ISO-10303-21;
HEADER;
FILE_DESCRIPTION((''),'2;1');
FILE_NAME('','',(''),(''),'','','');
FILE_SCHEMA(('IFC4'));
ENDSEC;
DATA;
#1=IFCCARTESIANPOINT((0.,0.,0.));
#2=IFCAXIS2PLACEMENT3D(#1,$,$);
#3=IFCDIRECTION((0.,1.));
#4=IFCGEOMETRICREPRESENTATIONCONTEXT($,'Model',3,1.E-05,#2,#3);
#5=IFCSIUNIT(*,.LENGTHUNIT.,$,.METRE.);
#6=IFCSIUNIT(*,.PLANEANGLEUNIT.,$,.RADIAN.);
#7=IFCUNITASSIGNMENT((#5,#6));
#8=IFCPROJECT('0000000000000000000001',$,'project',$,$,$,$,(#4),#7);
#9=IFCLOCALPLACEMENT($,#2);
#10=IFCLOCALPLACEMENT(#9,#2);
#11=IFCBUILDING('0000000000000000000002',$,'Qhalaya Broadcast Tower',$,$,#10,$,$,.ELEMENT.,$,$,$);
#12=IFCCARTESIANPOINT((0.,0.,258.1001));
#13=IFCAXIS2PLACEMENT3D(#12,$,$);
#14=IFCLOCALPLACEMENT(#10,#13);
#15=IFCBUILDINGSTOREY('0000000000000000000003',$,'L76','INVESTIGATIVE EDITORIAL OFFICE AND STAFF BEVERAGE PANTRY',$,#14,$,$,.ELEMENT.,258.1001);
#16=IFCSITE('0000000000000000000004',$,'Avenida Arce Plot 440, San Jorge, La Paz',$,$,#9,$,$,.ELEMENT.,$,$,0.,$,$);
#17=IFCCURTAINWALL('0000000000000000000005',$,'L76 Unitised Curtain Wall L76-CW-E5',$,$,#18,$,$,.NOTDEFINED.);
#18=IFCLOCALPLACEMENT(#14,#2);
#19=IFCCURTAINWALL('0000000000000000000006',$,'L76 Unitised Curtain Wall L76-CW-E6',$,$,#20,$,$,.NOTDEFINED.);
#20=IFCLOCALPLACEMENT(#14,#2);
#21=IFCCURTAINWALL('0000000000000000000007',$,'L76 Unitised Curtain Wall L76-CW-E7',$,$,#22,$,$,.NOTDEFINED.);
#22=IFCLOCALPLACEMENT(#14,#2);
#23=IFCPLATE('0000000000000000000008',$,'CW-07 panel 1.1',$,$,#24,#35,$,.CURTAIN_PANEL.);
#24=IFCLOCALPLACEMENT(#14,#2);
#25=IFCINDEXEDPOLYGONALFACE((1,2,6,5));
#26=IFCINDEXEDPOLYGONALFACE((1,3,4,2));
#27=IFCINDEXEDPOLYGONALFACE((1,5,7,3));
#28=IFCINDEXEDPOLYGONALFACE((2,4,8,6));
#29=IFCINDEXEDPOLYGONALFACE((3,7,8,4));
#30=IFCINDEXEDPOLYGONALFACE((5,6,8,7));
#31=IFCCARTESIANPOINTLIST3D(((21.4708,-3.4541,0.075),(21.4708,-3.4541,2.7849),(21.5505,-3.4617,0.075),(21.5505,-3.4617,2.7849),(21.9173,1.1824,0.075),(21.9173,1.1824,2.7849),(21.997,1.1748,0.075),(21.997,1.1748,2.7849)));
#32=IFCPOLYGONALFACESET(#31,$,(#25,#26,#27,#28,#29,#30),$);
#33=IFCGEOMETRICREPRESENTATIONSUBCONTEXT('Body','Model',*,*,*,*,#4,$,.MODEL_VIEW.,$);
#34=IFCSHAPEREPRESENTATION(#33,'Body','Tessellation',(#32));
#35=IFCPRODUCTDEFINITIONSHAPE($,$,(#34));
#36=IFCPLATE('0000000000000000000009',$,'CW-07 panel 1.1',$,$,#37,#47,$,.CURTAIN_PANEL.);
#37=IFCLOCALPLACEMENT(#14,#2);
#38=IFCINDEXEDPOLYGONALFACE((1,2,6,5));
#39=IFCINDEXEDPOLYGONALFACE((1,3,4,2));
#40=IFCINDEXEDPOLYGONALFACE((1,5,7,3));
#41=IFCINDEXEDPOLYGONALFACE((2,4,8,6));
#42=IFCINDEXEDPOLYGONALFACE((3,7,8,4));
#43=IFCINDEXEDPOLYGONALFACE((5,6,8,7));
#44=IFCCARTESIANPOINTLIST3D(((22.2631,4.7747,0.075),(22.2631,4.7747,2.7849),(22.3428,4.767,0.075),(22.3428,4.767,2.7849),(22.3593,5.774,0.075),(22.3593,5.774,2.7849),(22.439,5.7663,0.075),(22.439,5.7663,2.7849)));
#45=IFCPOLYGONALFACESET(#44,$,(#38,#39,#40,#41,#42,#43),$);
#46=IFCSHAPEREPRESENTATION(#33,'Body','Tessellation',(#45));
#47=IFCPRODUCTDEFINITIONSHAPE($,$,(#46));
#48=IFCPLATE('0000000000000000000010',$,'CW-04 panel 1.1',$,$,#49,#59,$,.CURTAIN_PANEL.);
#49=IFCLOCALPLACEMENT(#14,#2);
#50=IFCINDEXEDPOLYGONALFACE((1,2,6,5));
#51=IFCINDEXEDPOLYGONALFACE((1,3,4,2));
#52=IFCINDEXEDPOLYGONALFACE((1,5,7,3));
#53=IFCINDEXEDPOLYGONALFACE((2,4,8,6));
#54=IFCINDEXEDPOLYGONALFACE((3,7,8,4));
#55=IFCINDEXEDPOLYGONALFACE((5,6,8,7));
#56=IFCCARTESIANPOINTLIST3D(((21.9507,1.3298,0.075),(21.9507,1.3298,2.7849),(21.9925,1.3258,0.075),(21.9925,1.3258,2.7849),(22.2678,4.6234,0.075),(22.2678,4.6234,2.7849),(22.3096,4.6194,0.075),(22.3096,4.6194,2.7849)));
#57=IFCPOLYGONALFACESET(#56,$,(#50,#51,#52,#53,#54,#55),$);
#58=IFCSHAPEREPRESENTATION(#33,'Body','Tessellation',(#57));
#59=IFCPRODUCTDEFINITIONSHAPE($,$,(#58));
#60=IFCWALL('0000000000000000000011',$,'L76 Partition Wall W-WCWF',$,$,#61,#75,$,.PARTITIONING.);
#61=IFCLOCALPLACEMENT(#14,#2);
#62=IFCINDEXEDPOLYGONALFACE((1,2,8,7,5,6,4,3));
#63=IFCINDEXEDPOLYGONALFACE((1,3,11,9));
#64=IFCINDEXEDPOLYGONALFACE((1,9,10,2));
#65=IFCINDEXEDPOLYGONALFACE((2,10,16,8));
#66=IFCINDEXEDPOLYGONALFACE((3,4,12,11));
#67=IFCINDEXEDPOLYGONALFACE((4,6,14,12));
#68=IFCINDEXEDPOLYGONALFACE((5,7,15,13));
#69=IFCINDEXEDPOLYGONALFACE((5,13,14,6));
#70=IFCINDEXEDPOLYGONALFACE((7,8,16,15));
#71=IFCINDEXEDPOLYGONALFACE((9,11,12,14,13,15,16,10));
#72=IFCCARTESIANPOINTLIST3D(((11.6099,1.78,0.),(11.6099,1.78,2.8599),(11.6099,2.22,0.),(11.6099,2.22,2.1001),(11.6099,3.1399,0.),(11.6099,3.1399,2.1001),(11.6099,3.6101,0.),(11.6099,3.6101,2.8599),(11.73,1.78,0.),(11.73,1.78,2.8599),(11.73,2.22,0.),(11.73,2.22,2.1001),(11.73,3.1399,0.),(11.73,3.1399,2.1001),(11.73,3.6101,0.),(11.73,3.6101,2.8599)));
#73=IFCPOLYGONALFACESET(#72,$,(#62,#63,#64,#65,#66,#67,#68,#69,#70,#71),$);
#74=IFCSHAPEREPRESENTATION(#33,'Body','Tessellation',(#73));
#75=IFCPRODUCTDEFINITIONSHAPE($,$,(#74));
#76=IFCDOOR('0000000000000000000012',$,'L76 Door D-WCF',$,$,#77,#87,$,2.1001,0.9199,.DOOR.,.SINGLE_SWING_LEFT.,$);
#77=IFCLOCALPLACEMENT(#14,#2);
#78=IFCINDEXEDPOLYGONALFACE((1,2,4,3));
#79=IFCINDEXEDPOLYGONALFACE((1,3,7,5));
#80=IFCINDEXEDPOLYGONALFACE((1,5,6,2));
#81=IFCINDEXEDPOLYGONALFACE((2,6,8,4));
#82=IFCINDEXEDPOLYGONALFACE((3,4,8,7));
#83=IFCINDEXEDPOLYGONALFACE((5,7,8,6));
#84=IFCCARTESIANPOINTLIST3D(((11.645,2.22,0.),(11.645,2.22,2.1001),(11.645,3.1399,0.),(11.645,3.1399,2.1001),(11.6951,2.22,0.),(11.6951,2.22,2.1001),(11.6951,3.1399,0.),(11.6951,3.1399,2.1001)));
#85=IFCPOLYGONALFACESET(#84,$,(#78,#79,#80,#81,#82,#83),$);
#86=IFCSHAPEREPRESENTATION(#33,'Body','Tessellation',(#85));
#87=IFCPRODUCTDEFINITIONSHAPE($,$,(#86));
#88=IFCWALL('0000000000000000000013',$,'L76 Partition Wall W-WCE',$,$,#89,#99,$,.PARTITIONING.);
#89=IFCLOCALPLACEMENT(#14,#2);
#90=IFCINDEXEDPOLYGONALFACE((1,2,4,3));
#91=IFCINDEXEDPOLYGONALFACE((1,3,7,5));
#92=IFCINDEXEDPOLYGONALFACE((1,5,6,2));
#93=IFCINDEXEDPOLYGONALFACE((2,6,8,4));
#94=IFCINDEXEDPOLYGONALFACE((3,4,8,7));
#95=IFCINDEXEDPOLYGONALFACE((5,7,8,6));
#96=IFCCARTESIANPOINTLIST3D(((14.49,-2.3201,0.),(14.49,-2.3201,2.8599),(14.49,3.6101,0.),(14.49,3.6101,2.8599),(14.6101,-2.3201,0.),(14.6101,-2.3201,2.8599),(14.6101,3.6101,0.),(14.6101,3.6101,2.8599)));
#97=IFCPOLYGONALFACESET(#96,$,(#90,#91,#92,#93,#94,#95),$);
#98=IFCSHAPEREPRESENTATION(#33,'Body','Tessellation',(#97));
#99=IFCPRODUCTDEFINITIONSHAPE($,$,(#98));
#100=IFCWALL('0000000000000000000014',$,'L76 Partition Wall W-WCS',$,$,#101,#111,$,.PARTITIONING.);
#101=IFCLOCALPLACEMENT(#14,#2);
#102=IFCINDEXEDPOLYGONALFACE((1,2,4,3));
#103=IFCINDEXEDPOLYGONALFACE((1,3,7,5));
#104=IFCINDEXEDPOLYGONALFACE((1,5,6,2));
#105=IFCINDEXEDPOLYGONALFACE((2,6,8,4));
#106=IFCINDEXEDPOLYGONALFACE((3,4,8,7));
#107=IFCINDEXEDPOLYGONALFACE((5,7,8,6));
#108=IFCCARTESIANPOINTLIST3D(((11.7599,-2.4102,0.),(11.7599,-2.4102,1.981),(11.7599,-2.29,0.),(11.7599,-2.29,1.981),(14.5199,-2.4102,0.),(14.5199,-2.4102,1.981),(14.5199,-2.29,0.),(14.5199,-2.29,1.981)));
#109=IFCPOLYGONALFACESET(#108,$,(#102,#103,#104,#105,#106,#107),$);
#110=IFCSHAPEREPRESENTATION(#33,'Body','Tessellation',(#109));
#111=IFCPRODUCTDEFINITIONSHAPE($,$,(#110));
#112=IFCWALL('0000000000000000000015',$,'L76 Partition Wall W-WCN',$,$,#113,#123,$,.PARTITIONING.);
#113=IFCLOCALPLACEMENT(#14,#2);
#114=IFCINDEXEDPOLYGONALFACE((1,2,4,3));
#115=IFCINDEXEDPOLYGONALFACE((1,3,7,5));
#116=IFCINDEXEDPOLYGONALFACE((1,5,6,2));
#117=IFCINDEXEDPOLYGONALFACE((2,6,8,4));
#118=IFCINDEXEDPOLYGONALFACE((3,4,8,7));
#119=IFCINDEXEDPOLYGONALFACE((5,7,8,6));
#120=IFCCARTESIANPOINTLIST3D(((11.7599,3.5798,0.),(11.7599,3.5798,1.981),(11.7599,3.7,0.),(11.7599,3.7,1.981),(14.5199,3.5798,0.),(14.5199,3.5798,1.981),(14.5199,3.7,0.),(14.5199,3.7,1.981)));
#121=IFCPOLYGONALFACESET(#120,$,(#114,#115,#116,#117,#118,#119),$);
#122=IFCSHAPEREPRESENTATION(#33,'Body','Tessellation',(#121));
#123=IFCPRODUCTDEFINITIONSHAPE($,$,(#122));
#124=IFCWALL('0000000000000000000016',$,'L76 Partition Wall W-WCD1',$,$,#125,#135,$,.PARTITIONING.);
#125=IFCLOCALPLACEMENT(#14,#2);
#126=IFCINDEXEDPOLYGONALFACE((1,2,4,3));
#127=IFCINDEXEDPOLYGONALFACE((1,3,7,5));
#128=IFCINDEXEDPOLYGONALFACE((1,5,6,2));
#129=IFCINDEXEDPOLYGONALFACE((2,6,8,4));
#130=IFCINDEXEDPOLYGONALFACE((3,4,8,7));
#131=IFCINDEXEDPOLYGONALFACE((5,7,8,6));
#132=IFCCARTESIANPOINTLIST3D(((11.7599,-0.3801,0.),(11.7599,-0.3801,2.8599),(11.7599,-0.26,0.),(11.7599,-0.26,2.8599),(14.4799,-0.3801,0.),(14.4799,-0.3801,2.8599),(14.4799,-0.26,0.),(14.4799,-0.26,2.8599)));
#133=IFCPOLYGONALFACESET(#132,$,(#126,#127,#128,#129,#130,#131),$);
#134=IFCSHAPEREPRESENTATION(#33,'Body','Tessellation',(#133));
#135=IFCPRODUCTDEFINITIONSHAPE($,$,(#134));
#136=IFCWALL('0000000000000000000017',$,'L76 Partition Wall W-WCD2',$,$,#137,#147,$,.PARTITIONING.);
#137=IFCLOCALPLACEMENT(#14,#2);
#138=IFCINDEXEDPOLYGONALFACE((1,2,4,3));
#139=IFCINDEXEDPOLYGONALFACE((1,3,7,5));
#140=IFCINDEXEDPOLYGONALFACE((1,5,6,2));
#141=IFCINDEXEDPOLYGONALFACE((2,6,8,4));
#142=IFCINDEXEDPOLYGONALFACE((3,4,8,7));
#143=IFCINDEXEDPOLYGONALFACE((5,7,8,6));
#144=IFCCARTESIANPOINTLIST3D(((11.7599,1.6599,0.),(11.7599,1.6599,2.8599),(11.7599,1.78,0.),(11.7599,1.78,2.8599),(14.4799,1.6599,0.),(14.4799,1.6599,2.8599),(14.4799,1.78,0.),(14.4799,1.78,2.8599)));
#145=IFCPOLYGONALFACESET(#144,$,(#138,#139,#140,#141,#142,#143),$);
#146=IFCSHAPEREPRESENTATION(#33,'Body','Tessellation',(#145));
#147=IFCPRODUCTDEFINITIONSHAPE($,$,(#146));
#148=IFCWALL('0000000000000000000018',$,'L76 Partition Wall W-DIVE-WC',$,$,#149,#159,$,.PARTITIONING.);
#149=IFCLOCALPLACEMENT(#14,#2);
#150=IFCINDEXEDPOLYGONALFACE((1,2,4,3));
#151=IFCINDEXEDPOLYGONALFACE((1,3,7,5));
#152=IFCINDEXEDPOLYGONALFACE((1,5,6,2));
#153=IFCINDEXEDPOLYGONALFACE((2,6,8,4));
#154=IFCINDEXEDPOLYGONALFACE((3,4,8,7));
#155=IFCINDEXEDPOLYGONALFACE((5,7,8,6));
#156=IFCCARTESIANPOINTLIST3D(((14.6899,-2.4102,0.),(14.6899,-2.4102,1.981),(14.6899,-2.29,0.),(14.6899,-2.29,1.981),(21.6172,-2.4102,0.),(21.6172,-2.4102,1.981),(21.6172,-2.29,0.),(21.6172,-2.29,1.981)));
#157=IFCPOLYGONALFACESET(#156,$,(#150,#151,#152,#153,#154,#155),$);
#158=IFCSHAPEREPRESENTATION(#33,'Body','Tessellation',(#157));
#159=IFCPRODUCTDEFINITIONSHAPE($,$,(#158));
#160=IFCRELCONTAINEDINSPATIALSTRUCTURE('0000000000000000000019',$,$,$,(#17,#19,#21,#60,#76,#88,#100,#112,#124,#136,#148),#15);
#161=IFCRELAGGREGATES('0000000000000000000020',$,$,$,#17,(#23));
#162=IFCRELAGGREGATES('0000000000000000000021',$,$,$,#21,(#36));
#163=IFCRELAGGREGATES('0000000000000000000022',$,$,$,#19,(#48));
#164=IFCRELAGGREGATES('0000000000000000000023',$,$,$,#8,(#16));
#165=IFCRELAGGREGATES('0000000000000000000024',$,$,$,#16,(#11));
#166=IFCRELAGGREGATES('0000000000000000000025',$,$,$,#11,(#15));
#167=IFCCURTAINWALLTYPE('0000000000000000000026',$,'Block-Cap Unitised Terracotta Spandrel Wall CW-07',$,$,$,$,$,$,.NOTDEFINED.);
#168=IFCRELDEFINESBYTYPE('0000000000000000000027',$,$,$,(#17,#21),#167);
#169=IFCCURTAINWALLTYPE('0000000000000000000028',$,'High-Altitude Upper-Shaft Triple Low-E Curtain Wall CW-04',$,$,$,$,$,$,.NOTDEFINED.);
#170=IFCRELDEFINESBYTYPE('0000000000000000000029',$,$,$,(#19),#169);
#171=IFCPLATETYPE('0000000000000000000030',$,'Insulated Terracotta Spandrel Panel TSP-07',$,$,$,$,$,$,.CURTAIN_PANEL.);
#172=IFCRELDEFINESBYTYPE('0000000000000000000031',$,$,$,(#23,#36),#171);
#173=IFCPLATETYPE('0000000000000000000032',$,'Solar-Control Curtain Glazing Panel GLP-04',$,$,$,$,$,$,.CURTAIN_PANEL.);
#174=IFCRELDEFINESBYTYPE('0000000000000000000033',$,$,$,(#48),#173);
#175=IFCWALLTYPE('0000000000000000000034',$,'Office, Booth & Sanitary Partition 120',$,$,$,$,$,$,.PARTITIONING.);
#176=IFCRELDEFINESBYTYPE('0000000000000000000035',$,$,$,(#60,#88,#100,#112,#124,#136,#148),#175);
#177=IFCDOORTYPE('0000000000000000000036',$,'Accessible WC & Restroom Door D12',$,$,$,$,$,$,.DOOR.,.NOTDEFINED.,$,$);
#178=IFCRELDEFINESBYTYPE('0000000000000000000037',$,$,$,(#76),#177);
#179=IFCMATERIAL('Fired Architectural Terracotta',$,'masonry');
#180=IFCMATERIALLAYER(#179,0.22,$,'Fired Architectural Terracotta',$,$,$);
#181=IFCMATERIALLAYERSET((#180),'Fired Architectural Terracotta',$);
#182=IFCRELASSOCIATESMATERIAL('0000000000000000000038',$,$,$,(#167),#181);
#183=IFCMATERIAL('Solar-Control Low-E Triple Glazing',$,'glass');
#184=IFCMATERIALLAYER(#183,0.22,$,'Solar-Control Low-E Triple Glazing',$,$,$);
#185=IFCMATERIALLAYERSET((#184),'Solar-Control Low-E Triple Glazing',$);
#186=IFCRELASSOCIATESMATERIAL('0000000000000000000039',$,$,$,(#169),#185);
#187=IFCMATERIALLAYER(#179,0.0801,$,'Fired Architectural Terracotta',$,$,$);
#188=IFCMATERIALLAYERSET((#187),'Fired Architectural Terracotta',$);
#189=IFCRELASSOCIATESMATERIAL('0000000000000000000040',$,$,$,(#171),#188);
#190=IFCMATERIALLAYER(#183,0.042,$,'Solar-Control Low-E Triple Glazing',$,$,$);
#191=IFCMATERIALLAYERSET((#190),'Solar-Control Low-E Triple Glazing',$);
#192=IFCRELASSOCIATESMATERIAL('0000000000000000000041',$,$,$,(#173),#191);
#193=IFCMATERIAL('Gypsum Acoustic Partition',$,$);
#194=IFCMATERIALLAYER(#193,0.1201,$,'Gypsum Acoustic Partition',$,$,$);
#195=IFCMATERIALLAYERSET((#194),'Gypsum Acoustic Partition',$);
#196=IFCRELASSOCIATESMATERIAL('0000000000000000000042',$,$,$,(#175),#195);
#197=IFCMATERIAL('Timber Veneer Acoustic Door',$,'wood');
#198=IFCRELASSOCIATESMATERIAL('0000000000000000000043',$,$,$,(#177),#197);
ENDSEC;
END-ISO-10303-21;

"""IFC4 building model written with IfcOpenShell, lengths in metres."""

from ifc_helpers import new_model, si_unit, direction, frame, frame_2d, origin, origin_2d, place, context, subcontext, project, spatial, rectangle, extrude, material, layer, layer_set, type_object, element, fill, aggregate, save


model = new_model("IFC4")

# Units and contexts
model_context = context("Model", 3, precision=1e-05, world=origin(), true_north=direction((0.0, 1.0)))
body_context = subcontext(model_context, "Body", "Model", "MODEL_VIEW")
ifc_project = project(units=[si_unit("LENGTHUNIT", "METRE"), si_unit("PLANEANGLEUNIT", "RADIAN")], contexts=[model_context])

# Site, building, storey
site_placement = place(None, origin())
site = spatial("IfcSite", under=ifc_project, at=site_placement, Name="Avenida Arce Plot 440, San Jorge, La Paz", CompositionType="ELEMENT", RefElevation=0.0)
building_placement = place(site_placement, origin())
building = spatial("IfcBuilding", under=site, at=building_placement, Name="Qhalaya Broadcast Tower", CompositionType="ELEMENT")
storey_placement = place(building_placement, frame((0.0, 0.0, 258.1001)))
storey = spatial("IfcBuildingStorey", under=building, at=storey_placement, Name="L76", Description="INVESTIGATIVE EDITORIAL OFFICE AND STAFF BEVERAGE PANTRY", CompositionType="ELEMENT", Elevation=258.1001)

# Curtain wall
ifc_material_1 = material(Name="Fired Architectural Terracotta", Category="masonry")
ifc_layer_1 = layer(ifc_material_1, 0.22, Name="Fired Architectural Terracotta")
ifc_layer_set_1 = layer_set([ifc_layer_1], Name="Fired Architectural Terracotta")
curtain_wall_type_1 = type_object("IfcCurtainWallType", Name="Block-Cap Unitised Terracotta Spandrel Wall CW-07", PredefinedType="NOTDEFINED", material=ifc_layer_set_1)
curtain_wall_1_placement = place(storey_placement, origin())
curtain_wall_1 = element("IfcCurtainWall", 1, at=curtain_wall_1_placement, inside=storey, type_object=curtain_wall_type_1, Name="L76 Unitised Curtain Wall L76-CW-E5", PredefinedType="NOTDEFINED")

# Curtain wall
ifc_material_2 = material(Name="Solar-Control Low-E Triple Glazing", Category="glass")
ifc_layer_2 = layer(ifc_material_2, 0.22, Name="Solar-Control Low-E Triple Glazing")
ifc_layer_set_2 = layer_set([ifc_layer_2], Name="Solar-Control Low-E Triple Glazing")
curtain_wall_type_2 = type_object("IfcCurtainWallType", Name="High-Altitude Upper-Shaft Triple Low-E Curtain Wall CW-04", PredefinedType="NOTDEFINED", material=ifc_layer_set_2)
curtain_wall_2_placement = place(storey_placement, origin())
curtain_wall_2 = element("IfcCurtainWall", 2, at=curtain_wall_2_placement, inside=storey, type_object=curtain_wall_type_2, Name="L76 Unitised Curtain Wall L76-CW-E6", PredefinedType="NOTDEFINED")

# Curtain wall
curtain_wall_3_placement = place(storey_placement, origin())
curtain_wall_3 = element("IfcCurtainWall", 3, at=curtain_wall_3_placement, inside=storey, type_object=curtain_wall_type_1, Name="L76 Unitised Curtain Wall L76-CW-E7", PredefinedType="NOTDEFINED")

# Plates
ifc_layer_3 = layer(ifc_material_1, 0.0801, Name="Fired Architectural Terracotta")
ifc_layer_set_3 = layer_set([ifc_layer_3], Name="Fired Architectural Terracotta")
plate_type_1 = type_object("IfcPlateType", Name="Insulated Terracotta Spandrel Panel TSP-07", PredefinedType="CURTAIN_PANEL", material=ifc_layer_set_3)
plate_1_placement = place(storey_placement, frame((21.7339, -1.1396, 0.075), z_axis=(0.0, 0.0, 1.0), x_axis=(0.09586, 0.995395, 0.0)))
plate_1 = element("IfcPlate", 4, at=plate_1_placement, type_object=plate_type_1, Name="CW-07 panel 1.1", PredefinedType="CURTAIN_PANEL", context=body_context, shape_type="SweptSolid", body=[
    extrude(rectangle(XDim=4.658, YDim=0.0801, at=origin_2d()), origin(), (0.0, 0.0, 1.0), 2.71),
])
aggregate(curtain_wall_1, [plate_1])
plate_2_placement = place(storey_placement, frame((22.3511, 5.2705, 0.075), z_axis=(0.0, 0.0, 1.0), x_axis=(0.09584, 0.995397, 0.0)))
plate_2 = element("IfcPlate", 5, at=plate_2_placement, type_object=plate_type_1, Name="CW-07 panel 1.1", PredefinedType="CURTAIN_PANEL", context=body_context, shape_type="SweptSolid", body=[
    extrude(rectangle(XDim=1.0039, YDim=0.0801, at=origin_2d()), origin(), (0.0, 0.0, 1.0), 2.71),
])
aggregate(curtain_wall_3, [plate_2])
ifc_layer_4 = layer(ifc_material_2, 0.042, Name="Solar-Control Low-E Triple Glazing")
ifc_layer_set_4 = layer_set([ifc_layer_4], Name="Solar-Control Low-E Triple Glazing")
plate_type_2 = type_object("IfcPlateType", Name="Solar-Control Curtain Glazing Panel GLP-04", PredefinedType="CURTAIN_PANEL", material=ifc_layer_set_4)
plate_3_placement = place(storey_placement, frame((22.1301, 2.9746, 0.075), z_axis=(0.0, 0.0, 1.0), x_axis=(0.095839, 0.995397, 0.0)))
plate_3 = element("IfcPlate", 6, at=plate_3_placement, type_object=plate_type_2, Name="CW-04 panel 1.1", PredefinedType="CURTAIN_PANEL", context=body_context, shape_type="SweptSolid", body=[
    extrude(rectangle(XDim=3.3088, YDim=0.042, at=origin_2d()), origin(), (0.0, 0.0, 1.0), 2.71),
])
aggregate(curtain_wall_2, [plate_3])

# Wall, opening, door
ifc_material_3 = material(Name="Gypsum Acoustic Partition")
ifc_layer_5 = layer(ifc_material_3, 0.1201, Name="Gypsum Acoustic Partition")
ifc_layer_set_5 = layer_set([ifc_layer_5], Name="Gypsum Acoustic Partition")
wall_type = type_object("IfcWallType", Name="Office, Booth & Sanitary Partition 120", PredefinedType="PARTITIONING", material=ifc_layer_set_5)
wall_1_placement = place(storey_placement, frame((11.6699, 1.78, 0.0), z_axis=(0.0, 0.0, 1.0), x_axis=(0.0, 1.0, 0.0)))
wall_1 = element("IfcWall", 7, at=wall_1_placement, inside=storey, type_object=wall_type, Name="L76 Partition Wall W-WCWF", PredefinedType="PARTITIONING", context=body_context, shape_type="SweptSolid", body=[
    extrude(rectangle(XDim=1.8301, YDim=0.1201, at=frame_2d((0.915, 0.0))), origin(), (0.0, 0.0, 1.0), 2.8599),
])
opening_placement = place(wall_1_placement, frame((0.4399, 0.0, 0.0)))
opening = element("IfcOpeningElement", 8, at=opening_placement, cuts=wall_1, PredefinedType="OPENING", context=body_context, shape_type="SweptSolid", body=[
    extrude(rectangle(XDim=0.9199, YDim=2.1001, at=frame_2d((0.46, 1.05))), frame((0.0, 0.072, 0.0), z_axis=(0.0, -1.0, 0.0), x_axis=(1.0, 0.0, 0.0)), (0.0, 0.0, 1.0), 0.144),
])
ifc_material_4 = material(Name="Timber Veneer Acoustic Door", Category="wood")
door_type = type_object("IfcDoorType", Name="Accessible WC & Restroom Door D12", OperationType="NOTDEFINED", PredefinedType="DOOR", material=ifc_material_4)
door_placement = place(opening_placement, origin())
door = element("IfcDoor", 9, at=door_placement, inside=storey, type_object=door_type, Name="L76 Door D-WCF", OperationType="SINGLE_SWING_LEFT", OverallHeight=2.1001, OverallWidth=0.9199, PredefinedType="DOOR", context=body_context, shape_type="SweptSolid", body=[
    extrude(rectangle(XDim=0.9199, YDim=2.1001, at=frame_2d((0.46, 1.05))), frame((0.0, 0.0249, 0.0), z_axis=(0.0, -1.0, 0.0), x_axis=(1.0, 0.0, 0.0)), (0.0, 0.0, 1.0), 0.05),
])
fill(opening, door)

# Walls
wall_2_placement = place(storey_placement, frame((14.55, -2.3201, 0.0), z_axis=(0.0, 0.0, 1.0), x_axis=(0.0, 1.0, 0.0)))
element("IfcWall", 10, at=wall_2_placement, inside=storey, type_object=wall_type, Name="L76 Partition Wall W-WCE", PredefinedType="PARTITIONING", context=body_context, shape_type="SweptSolid", body=[
    extrude(rectangle(XDim=5.9302, YDim=0.1201, at=frame_2d((2.9651, 0.0))), origin(), (0.0, 0.0, 1.0), 2.8599),
])
for number, where, z_axis, x_axis, name in (
    (11, (11.76, -2.3501, 0.0), (0.0, 0.0, 1.0), (1.0, 0.0, 0.0), "L76 Partition Wall W-WCS"),
    (12, (11.76, 3.6399, 0.0), (0.0, 0.0, 1.0), (1.0, 0.0, 0.0), "L76 Partition Wall W-WCN"),
):
    element("IfcWall", number, at=place(storey_placement, frame(where, z_axis=z_axis, x_axis=x_axis)), inside=storey, type_object=wall_type, Name=name, PredefinedType="PARTITIONING", context=body_context, shape_type="SweptSolid", body=[
        extrude(rectangle(XDim=2.76, YDim=0.1201, at=frame_2d((1.3799, 0.0))), origin(), (0.0, 0.0, 1.0), 1.981),
    ])
for number, where, z_axis, x_axis, name in (
    (13, (11.76, -0.3201, 0.0), (0.0, 0.0, 1.0), (1.0, 0.0, 0.0), "L76 Partition Wall W-WCD1"),
    (14, (11.76, 1.72, 0.0), (0.0, 0.0, 1.0), (1.0, 0.0, 0.0), "L76 Partition Wall W-WCD2"),
):
    element("IfcWall", number, at=place(storey_placement, frame(where, z_axis=z_axis, x_axis=x_axis)), inside=storey, type_object=wall_type, Name=name, PredefinedType="PARTITIONING", context=body_context, shape_type="SweptSolid", body=[
        extrude(rectangle(XDim=2.72, YDim=0.1201, at=frame_2d((1.3599, 0.0))), origin(), (0.0, 0.0, 1.0), 2.8599),
    ])
wall_3_placement = place(storey_placement, frame((14.6899, -2.3501, 0.0), z_axis=(0.0, 0.0, 1.0), x_axis=(1.0, 0.0, 0.0)))
element("IfcWall", 15, at=wall_3_placement, inside=storey, type_object=wall_type, Name="L76 Partition Wall W-DIVE-WC", PredefinedType="PARTITIONING", context=body_context, shape_type="SweptSolid", body=[
    extrude(rectangle(XDim=6.9272, YDim=0.1201, at=frame_2d((3.4636, 0.0))), origin(), (0.0, 0.0, 1.0), 1.981),
])

save(model, "model.ifc")
